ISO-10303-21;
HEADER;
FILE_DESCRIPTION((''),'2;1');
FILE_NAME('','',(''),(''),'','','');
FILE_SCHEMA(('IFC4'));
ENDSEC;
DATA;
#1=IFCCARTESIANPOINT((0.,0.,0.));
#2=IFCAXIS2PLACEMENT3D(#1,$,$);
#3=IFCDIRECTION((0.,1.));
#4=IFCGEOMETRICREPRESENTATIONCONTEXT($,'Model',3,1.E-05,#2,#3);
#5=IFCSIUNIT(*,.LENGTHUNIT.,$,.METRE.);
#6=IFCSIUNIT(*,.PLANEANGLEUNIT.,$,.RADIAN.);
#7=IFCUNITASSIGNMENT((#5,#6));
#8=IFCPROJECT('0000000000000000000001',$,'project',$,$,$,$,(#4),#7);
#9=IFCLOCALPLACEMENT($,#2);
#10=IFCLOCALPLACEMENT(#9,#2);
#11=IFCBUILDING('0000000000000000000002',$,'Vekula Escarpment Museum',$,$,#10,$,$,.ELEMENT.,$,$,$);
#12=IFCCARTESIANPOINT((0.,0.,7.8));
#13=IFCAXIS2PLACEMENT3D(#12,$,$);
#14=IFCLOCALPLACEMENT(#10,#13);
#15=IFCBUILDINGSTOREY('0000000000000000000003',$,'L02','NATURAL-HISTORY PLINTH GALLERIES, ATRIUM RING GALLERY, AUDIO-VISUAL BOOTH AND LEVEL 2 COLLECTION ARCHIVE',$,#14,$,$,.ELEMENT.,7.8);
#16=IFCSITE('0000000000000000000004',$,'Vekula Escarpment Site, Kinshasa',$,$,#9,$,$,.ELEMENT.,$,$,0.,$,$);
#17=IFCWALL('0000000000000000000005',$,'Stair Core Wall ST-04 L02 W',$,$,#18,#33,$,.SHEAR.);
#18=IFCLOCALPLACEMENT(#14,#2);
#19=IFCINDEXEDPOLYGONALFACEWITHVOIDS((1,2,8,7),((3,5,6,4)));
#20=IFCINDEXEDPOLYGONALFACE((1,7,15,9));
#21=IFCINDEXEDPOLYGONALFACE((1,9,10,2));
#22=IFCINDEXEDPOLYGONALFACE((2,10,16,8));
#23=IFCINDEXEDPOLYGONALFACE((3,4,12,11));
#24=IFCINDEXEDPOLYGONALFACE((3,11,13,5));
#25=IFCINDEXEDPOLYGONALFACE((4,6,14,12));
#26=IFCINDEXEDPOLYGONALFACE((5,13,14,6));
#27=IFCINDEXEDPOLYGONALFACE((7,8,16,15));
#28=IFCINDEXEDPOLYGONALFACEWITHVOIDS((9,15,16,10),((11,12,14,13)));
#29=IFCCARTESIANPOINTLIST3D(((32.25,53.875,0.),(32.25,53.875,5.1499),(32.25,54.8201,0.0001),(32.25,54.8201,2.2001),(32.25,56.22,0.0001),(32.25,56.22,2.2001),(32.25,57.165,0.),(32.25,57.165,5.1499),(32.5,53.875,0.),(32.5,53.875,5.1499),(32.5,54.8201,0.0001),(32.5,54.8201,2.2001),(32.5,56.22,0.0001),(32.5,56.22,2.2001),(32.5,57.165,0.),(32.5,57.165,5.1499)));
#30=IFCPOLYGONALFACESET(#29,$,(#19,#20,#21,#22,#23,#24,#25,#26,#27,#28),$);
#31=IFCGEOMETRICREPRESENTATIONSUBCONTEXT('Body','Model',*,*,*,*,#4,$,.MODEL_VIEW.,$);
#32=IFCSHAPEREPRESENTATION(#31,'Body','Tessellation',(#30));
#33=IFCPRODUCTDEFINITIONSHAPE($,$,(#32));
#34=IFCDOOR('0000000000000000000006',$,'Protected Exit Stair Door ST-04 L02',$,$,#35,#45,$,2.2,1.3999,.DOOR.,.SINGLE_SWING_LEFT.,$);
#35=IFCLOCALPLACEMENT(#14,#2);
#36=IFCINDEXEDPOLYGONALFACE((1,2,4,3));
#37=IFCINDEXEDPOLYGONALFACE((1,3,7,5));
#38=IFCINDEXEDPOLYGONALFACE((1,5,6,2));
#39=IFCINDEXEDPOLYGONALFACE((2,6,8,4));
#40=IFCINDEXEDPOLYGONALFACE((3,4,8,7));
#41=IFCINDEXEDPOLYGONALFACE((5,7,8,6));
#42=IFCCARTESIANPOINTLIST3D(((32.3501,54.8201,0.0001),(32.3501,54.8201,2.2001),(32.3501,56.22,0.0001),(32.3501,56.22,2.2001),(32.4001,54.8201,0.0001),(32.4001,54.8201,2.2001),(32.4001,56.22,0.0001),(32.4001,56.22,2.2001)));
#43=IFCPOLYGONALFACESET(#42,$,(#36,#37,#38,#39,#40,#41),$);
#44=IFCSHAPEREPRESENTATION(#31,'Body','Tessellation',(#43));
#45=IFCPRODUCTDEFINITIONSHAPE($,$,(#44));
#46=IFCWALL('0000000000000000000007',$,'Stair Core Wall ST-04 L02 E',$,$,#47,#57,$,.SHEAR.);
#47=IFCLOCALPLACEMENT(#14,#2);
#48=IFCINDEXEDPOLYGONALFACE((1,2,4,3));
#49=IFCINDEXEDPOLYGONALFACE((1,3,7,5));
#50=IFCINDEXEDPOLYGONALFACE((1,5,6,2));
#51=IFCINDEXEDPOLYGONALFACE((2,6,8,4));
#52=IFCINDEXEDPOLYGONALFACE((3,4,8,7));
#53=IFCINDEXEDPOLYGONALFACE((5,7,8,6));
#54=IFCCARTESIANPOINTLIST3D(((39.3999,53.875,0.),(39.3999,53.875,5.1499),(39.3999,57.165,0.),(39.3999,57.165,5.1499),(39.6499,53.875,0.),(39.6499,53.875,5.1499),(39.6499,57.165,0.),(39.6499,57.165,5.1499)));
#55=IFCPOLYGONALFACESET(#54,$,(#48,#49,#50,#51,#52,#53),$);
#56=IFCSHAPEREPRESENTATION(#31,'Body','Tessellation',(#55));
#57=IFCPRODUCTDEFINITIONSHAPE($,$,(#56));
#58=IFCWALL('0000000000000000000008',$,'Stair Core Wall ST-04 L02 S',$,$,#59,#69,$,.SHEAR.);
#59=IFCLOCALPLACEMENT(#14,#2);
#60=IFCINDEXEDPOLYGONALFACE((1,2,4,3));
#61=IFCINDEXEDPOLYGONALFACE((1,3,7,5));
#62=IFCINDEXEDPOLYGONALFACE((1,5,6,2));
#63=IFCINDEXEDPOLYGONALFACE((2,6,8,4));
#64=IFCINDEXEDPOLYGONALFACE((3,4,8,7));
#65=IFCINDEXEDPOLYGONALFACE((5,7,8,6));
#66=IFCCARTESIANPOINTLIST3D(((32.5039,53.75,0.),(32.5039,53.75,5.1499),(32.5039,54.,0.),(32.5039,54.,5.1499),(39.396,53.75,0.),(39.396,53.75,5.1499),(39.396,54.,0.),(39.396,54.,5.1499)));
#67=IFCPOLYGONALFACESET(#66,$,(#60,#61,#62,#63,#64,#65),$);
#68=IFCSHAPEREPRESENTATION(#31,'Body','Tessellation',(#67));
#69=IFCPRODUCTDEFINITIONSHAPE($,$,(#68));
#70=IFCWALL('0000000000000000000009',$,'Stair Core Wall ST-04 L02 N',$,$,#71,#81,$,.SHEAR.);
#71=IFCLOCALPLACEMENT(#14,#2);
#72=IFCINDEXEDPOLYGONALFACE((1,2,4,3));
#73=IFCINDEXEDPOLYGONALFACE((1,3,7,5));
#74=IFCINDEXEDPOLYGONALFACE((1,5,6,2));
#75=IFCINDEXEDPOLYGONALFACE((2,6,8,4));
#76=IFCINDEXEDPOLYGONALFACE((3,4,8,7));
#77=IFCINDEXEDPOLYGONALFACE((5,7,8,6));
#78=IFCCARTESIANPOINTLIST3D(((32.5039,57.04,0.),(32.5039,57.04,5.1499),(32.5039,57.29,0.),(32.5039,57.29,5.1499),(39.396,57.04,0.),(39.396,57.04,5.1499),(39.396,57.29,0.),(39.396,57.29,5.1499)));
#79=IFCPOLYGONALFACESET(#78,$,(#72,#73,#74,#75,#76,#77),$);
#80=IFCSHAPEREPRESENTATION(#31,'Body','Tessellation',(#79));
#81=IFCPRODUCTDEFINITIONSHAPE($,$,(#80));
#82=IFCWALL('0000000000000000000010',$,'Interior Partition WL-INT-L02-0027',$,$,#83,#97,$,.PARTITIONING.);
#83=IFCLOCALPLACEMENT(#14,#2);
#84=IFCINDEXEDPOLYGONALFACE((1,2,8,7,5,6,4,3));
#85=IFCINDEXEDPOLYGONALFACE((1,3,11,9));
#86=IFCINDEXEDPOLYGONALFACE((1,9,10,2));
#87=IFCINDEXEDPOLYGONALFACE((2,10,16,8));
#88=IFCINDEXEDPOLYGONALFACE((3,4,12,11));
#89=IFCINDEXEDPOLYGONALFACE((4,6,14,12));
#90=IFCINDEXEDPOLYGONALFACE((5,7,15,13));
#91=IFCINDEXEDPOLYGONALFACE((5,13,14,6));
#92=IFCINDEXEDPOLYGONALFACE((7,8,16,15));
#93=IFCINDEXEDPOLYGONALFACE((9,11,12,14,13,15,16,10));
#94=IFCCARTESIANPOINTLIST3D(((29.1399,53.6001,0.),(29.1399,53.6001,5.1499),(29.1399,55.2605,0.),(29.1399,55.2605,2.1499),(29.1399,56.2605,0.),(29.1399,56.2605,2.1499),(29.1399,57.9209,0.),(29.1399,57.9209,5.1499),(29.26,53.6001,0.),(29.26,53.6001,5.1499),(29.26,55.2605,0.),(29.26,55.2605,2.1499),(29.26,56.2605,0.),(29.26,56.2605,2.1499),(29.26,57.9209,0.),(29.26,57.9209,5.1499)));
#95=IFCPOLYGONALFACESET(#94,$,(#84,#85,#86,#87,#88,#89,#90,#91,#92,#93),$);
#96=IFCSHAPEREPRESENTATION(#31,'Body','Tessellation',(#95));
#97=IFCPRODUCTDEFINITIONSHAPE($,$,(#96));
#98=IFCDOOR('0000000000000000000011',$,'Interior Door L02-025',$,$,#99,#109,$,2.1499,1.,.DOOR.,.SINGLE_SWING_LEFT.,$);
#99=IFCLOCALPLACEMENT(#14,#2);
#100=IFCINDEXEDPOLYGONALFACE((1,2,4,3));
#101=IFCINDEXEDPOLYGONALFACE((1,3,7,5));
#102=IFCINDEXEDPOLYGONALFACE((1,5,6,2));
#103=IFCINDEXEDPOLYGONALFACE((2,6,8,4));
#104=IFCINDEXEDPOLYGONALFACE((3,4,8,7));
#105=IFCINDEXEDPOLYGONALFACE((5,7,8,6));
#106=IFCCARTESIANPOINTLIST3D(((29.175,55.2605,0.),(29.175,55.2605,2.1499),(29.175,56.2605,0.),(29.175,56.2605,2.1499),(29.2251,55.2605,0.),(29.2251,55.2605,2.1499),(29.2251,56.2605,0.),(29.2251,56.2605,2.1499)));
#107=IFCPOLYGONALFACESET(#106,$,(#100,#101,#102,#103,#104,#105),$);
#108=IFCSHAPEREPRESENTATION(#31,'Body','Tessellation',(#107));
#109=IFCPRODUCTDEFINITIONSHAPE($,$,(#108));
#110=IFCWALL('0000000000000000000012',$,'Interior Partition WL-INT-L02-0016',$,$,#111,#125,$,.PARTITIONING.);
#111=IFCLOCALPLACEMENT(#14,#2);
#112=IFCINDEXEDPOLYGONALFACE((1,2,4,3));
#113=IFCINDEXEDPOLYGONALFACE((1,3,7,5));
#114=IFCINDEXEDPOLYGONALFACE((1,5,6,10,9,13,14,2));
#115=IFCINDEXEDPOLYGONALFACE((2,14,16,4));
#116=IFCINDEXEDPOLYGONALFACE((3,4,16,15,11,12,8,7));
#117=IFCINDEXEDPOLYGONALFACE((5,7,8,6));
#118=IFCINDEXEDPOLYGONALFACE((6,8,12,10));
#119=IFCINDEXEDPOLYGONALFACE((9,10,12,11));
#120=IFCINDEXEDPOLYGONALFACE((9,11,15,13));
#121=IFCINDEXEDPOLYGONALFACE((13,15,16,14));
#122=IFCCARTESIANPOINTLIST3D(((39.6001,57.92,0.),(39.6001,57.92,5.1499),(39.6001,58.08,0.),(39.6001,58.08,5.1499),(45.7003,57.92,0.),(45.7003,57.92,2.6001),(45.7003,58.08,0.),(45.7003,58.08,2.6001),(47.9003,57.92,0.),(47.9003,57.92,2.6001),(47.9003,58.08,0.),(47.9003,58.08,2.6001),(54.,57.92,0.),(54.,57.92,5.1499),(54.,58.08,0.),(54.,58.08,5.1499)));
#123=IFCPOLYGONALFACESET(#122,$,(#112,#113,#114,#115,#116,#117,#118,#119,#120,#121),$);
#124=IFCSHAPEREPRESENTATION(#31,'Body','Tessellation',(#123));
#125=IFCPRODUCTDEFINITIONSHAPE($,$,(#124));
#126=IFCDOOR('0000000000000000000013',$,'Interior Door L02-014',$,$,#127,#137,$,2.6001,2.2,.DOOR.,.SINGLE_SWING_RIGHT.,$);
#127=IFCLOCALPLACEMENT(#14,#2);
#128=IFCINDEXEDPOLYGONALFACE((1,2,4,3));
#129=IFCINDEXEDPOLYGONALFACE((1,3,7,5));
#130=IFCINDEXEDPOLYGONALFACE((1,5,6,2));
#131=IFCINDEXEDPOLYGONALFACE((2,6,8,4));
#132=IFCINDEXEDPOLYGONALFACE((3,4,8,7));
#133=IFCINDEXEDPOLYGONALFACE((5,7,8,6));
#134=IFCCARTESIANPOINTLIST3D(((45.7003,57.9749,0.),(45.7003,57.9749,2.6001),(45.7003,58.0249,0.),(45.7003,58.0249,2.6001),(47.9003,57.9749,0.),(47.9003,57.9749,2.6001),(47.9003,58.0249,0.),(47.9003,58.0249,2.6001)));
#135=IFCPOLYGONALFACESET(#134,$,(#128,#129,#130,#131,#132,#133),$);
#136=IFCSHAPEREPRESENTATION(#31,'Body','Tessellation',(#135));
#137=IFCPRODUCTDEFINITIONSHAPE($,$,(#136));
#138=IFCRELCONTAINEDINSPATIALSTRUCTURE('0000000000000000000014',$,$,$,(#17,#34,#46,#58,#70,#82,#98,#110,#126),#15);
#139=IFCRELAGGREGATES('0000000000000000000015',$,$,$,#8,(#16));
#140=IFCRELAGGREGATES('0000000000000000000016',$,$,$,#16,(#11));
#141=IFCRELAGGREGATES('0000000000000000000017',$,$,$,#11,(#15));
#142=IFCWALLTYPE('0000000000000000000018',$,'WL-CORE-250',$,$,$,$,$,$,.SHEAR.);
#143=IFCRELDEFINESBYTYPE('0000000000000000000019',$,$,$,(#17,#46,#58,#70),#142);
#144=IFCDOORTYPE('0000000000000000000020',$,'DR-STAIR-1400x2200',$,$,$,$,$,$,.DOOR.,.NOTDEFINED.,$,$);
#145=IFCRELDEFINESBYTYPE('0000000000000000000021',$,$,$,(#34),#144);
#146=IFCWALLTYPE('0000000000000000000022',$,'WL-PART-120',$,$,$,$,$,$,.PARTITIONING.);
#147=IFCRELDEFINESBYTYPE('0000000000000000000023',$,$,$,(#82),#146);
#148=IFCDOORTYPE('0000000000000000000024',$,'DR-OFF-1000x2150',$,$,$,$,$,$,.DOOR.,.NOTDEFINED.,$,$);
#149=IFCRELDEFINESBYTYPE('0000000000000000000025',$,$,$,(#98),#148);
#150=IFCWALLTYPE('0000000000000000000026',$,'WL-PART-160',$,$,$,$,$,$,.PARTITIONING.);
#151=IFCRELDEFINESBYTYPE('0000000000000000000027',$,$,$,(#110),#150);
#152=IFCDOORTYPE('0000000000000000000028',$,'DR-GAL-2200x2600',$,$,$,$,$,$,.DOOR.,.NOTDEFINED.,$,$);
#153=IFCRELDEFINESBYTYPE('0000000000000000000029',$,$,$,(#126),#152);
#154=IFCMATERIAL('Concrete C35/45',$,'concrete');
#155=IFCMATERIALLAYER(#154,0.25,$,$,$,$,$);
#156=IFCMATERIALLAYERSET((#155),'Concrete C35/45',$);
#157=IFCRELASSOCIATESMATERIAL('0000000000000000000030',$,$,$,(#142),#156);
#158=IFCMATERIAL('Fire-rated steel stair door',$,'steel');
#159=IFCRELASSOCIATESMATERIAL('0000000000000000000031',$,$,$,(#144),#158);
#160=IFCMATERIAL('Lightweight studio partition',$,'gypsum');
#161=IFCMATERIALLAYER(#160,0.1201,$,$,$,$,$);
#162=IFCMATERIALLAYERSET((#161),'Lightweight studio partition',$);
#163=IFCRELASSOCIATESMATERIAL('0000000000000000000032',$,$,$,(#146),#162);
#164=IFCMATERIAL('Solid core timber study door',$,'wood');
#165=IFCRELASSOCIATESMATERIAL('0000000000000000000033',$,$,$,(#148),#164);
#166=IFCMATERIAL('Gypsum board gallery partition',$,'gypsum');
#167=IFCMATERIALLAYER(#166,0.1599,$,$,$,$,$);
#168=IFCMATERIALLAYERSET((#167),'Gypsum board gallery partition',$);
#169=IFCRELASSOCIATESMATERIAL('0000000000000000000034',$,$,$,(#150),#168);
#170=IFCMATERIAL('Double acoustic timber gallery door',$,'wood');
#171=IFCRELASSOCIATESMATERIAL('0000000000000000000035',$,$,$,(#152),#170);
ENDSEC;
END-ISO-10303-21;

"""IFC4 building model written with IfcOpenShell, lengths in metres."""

from ifc_helpers import new_model, si_unit, direction, frame, frame_2d, origin, place, context, subcontext, project, spatial, rectangle, extrude, material, layer, layer_set, type_object, element, fill, save


model = new_model("IFC4")

# Units and contexts
model_context = context("Model", 3, precision=1e-05, world=origin(), true_north=direction((0.0, 1.0)))
body_context = subcontext(model_context, "Body", "Model", "MODEL_VIEW")
ifc_project = project(units=[si_unit("LENGTHUNIT", "METRE"), si_unit("PLANEANGLEUNIT", "RADIAN")], contexts=[model_context])

# Site, building, storey
site_placement = place(None, origin())
site = spatial("IfcSite", under=ifc_project, at=site_placement, Name="Vekula Escarpment Site, Kinshasa", CompositionType="ELEMENT", RefElevation=0.0)
building_placement = place(site_placement, origin())
building = spatial("IfcBuilding", under=site, at=building_placement, Name="Vekula Escarpment Museum", CompositionType="ELEMENT")
storey_placement = place(building_placement, frame((0.0, 0.0, 7.8)))
storey = spatial("IfcBuildingStorey", under=building, at=storey_placement, Name="L02", Description="NATURAL-HISTORY PLINTH GALLERIES, ATRIUM RING GALLERY, AUDIO-VISUAL BOOTH AND LEVEL 2 COLLECTION ARCHIVE", CompositionType="ELEMENT", Elevation=7.8)

# Wall, opening, door
ifc_material_1 = material(Name="Concrete C35/45", Category="concrete")
ifc_layer_1 = layer(ifc_material_1, 0.25)
ifc_layer_set_1 = layer_set([ifc_layer_1], Name="Concrete C35/45")
wall_type_1 = type_object("IfcWallType", Name="WL-CORE-250", PredefinedType="SHEAR", material=ifc_layer_set_1)
wall_1_placement = place(storey_placement, frame((32.375, 53.875, 0.0), z_axis=(0.0, 0.0, 1.0), x_axis=(0.0, 1.0, 0.0)))
wall_1 = element("IfcWall", 1, at=wall_1_placement, inside=storey, type_object=wall_type_1, Name="Stair Core Wall ST-04 L02 W", PredefinedType="SHEAR", context=body_context, shape_type="SweptSolid", body=[
    extrude(rectangle(XDim=3.29, YDim=0.25, at=frame_2d((1.645, 0.0))), origin(), (0.0, 0.0, 1.0), 5.1499),
])
opening_1_placement = place(wall_1_placement, frame((0.9451, 0.0, 0.0)))
opening_1 = element("IfcOpeningElement", 2, at=opening_1_placement, cuts=wall_1, PredefinedType="OPENING", context=body_context, shape_type="SweptSolid", body=[
    extrude(rectangle(XDim=1.3999, YDim=2.2, at=frame_2d((0.7, 1.1001))), frame((0.0, 0.135, 0.0), z_axis=(0.0, -1.0, 0.0), x_axis=(1.0, 0.0, 0.0)), (0.0, 0.0, 1.0), 0.27),
])
ifc_material_2 = material(Name="Fire-rated steel stair door", Category="steel")
door_type_1 = type_object("IfcDoorType", Name="DR-STAIR-1400x2200", OperationType="NOTDEFINED", PredefinedType="DOOR", material=ifc_material_2)
door_1_placement = place(opening_1_placement, origin())
door_1 = element("IfcDoor", 3, at=door_1_placement, inside=storey, type_object=door_type_1, Name="Protected Exit Stair Door ST-04 L02", OperationType="SINGLE_SWING_LEFT", OverallHeight=2.2, OverallWidth=1.3999, PredefinedType="DOOR", context=body_context, shape_type="SweptSolid", body=[
    extrude(rectangle(XDim=1.3999, YDim=2.2, at=frame_2d((0.7, 1.1001))), frame((0.0, 0.0249, 0.0), z_axis=(0.0, -1.0, 0.0), x_axis=(1.0, 0.0, 0.0)), (0.0, 0.0, 1.0), 0.05),
])
fill(opening_1, door_1)

# Walls
wall_2_placement = place(storey_placement, frame((39.5249, 53.875, 0.0), z_axis=(0.0, 0.0, 1.0), x_axis=(0.0, 1.0, 0.0)))
element("IfcWall", 4, at=wall_2_placement, inside=storey, type_object=wall_type_1, Name="Stair Core Wall ST-04 L02 E", PredefinedType="SHEAR", context=body_context, shape_type="SweptSolid", body=[
    extrude(rectangle(XDim=3.29, YDim=0.25, at=frame_2d((1.645, 0.0))), origin(), (0.0, 0.0, 1.0), 5.1499),
])
for number, where, z_axis, x_axis, name in (
    (5, (32.5039, 53.875, 0.0), (0.0, 0.0, 1.0), (1.0, 0.0, 0.0), "Stair Core Wall ST-04 L02 S"),
    (6, (32.5039, 57.165, 0.0), (0.0, 0.0, 1.0), (1.0, 0.0, 0.0), "Stair Core Wall ST-04 L02 N"),
):
    element("IfcWall", number, at=place(storey_placement, frame(where, z_axis=z_axis, x_axis=x_axis)), inside=storey, type_object=wall_type_1, Name=name, PredefinedType="SHEAR", context=body_context, shape_type="SweptSolid", body=[
        extrude(rectangle(XDim=6.8921, YDim=0.25, at=frame_2d((3.446, 0.0))), origin(), (0.0, 0.0, 1.0), 5.1499),
    ])

# Walls, openings, doors
ifc_material_3 = material(Name="Lightweight studio partition", Category="gypsum")
ifc_layer_2 = layer(ifc_material_3, 0.1201)
ifc_layer_set_2 = layer_set([ifc_layer_2], Name="Lightweight studio partition")
wall_type_2 = type_object("IfcWallType", Name="WL-PART-120", PredefinedType="PARTITIONING", material=ifc_layer_set_2)
wall_3_placement = place(storey_placement, frame((29.2, 53.6001, 0.0), z_axis=(0.0, 0.0, 1.0), x_axis=(0.0, 1.0, 0.0)))
wall_3 = element("IfcWall", 7, at=wall_3_placement, inside=storey, type_object=wall_type_2, Name="Interior Partition WL-INT-L02-0027", PredefinedType="PARTITIONING", context=body_context, shape_type="SweptSolid", body=[
    extrude(rectangle(XDim=4.3208, YDim=0.1201, at=frame_2d((2.1604, 0.0))), origin(), (0.0, 0.0, 1.0), 5.1499),
])
opening_2_placement = place(wall_3_placement, frame((1.6604, 0.0, 0.0)))
opening_2 = element("IfcOpeningElement", 8, at=opening_2_placement, cuts=wall_3, PredefinedType="OPENING", context=body_context, shape_type="SweptSolid", body=[
    extrude(rectangle(XDim=1.0, YDim=2.1499, at=frame_2d((0.5, 1.075))), frame((0.0, 0.0701, 0.0), z_axis=(0.0, -1.0, 0.0), x_axis=(1.0, 0.0, 0.0)), (0.0, 0.0, 1.0), 0.1401),
])
ifc_material_4 = material(Name="Solid core timber study door", Category="wood")
door_type_2 = type_object("IfcDoorType", Name="DR-OFF-1000x2150", OperationType="NOTDEFINED", PredefinedType="DOOR", material=ifc_material_4)
door_2_placement = place(opening_2_placement, origin())
door_2 = element("IfcDoor", 9, at=door_2_placement, inside=storey, type_object=door_type_2, Name="Interior Door L02-025", OperationType="SINGLE_SWING_LEFT", OverallHeight=2.1499, OverallWidth=1.0, PredefinedType="DOOR", context=body_context, shape_type="SweptSolid", body=[
    extrude(rectangle(XDim=1.0, YDim=2.1499, at=frame_2d((0.5, 1.075))), frame((0.0, 0.0249, 0.0), z_axis=(0.0, -1.0, 0.0), x_axis=(1.0, 0.0, 0.0)), (0.0, 0.0, 1.0), 0.05),
])
fill(opening_2, door_2)
ifc_material_5 = material(Name="Gypsum board gallery partition", Category="gypsum")
ifc_layer_3 = layer(ifc_material_5, 0.1599)
ifc_layer_set_3 = layer_set([ifc_layer_3], Name="Gypsum board gallery partition")
wall_type_3 = type_object("IfcWallType", Name="WL-PART-160", PredefinedType="PARTITIONING", material=ifc_layer_set_3)
wall_4_placement = place(storey_placement, frame((39.6001, 58.0, 0.0), z_axis=(0.0, 0.0, 1.0), x_axis=(1.0, 0.0, 0.0)))
wall_4 = element("IfcWall", 10, at=wall_4_placement, inside=storey, type_object=wall_type_3, Name="Interior Partition WL-INT-L02-0016", PredefinedType="PARTITIONING", context=body_context, shape_type="SweptSolid", body=[
    extrude(rectangle(XDim=14.3999, YDim=0.1599, at=frame_2d((7.2, 0.0))), origin(), (0.0, 0.0, 1.0), 5.1499),
])
opening_3_placement = place(wall_4_placement, frame((6.1001, 0.0, 0.0)))
opening_3 = element("IfcOpeningElement", 11, at=opening_3_placement, cuts=wall_4, PredefinedType="OPENING", context=body_context, shape_type="SweptSolid", body=[
    extrude(rectangle(XDim=2.2, YDim=2.6001, at=frame_2d((1.1001, 1.3))), frame((0.0, 0.0898, 0.0), z_axis=(0.0, -1.0, 0.0), x_axis=(1.0, 0.0, 0.0)), (0.0, 0.0, 1.0), 0.1799),
])
ifc_material_6 = material(Name="Double acoustic timber gallery door", Category="wood")
door_type_3 = type_object("IfcDoorType", Name="DR-GAL-2200x2600", OperationType="NOTDEFINED", PredefinedType="DOOR", material=ifc_material_6)
door_3_placement = place(opening_3_placement, origin())
door_3 = element("IfcDoor", 12, at=door_3_placement, inside=storey, type_object=door_type_3, Name="Interior Door L02-014", OperationType="SINGLE_SWING_RIGHT", OverallHeight=2.6001, OverallWidth=2.2, PredefinedType="DOOR", context=body_context, shape_type="SweptSolid", body=[
    extrude(rectangle(XDim=2.2, YDim=2.6001, at=frame_2d((1.1001, 1.3))), frame((0.0, 0.0249, 0.0), z_axis=(0.0, -1.0, 0.0), x_axis=(1.0, 0.0, 0.0)), (0.0, 0.0, 1.0), 0.05),
])
fill(opening_3, door_3)

save(model, "model.ifc")
